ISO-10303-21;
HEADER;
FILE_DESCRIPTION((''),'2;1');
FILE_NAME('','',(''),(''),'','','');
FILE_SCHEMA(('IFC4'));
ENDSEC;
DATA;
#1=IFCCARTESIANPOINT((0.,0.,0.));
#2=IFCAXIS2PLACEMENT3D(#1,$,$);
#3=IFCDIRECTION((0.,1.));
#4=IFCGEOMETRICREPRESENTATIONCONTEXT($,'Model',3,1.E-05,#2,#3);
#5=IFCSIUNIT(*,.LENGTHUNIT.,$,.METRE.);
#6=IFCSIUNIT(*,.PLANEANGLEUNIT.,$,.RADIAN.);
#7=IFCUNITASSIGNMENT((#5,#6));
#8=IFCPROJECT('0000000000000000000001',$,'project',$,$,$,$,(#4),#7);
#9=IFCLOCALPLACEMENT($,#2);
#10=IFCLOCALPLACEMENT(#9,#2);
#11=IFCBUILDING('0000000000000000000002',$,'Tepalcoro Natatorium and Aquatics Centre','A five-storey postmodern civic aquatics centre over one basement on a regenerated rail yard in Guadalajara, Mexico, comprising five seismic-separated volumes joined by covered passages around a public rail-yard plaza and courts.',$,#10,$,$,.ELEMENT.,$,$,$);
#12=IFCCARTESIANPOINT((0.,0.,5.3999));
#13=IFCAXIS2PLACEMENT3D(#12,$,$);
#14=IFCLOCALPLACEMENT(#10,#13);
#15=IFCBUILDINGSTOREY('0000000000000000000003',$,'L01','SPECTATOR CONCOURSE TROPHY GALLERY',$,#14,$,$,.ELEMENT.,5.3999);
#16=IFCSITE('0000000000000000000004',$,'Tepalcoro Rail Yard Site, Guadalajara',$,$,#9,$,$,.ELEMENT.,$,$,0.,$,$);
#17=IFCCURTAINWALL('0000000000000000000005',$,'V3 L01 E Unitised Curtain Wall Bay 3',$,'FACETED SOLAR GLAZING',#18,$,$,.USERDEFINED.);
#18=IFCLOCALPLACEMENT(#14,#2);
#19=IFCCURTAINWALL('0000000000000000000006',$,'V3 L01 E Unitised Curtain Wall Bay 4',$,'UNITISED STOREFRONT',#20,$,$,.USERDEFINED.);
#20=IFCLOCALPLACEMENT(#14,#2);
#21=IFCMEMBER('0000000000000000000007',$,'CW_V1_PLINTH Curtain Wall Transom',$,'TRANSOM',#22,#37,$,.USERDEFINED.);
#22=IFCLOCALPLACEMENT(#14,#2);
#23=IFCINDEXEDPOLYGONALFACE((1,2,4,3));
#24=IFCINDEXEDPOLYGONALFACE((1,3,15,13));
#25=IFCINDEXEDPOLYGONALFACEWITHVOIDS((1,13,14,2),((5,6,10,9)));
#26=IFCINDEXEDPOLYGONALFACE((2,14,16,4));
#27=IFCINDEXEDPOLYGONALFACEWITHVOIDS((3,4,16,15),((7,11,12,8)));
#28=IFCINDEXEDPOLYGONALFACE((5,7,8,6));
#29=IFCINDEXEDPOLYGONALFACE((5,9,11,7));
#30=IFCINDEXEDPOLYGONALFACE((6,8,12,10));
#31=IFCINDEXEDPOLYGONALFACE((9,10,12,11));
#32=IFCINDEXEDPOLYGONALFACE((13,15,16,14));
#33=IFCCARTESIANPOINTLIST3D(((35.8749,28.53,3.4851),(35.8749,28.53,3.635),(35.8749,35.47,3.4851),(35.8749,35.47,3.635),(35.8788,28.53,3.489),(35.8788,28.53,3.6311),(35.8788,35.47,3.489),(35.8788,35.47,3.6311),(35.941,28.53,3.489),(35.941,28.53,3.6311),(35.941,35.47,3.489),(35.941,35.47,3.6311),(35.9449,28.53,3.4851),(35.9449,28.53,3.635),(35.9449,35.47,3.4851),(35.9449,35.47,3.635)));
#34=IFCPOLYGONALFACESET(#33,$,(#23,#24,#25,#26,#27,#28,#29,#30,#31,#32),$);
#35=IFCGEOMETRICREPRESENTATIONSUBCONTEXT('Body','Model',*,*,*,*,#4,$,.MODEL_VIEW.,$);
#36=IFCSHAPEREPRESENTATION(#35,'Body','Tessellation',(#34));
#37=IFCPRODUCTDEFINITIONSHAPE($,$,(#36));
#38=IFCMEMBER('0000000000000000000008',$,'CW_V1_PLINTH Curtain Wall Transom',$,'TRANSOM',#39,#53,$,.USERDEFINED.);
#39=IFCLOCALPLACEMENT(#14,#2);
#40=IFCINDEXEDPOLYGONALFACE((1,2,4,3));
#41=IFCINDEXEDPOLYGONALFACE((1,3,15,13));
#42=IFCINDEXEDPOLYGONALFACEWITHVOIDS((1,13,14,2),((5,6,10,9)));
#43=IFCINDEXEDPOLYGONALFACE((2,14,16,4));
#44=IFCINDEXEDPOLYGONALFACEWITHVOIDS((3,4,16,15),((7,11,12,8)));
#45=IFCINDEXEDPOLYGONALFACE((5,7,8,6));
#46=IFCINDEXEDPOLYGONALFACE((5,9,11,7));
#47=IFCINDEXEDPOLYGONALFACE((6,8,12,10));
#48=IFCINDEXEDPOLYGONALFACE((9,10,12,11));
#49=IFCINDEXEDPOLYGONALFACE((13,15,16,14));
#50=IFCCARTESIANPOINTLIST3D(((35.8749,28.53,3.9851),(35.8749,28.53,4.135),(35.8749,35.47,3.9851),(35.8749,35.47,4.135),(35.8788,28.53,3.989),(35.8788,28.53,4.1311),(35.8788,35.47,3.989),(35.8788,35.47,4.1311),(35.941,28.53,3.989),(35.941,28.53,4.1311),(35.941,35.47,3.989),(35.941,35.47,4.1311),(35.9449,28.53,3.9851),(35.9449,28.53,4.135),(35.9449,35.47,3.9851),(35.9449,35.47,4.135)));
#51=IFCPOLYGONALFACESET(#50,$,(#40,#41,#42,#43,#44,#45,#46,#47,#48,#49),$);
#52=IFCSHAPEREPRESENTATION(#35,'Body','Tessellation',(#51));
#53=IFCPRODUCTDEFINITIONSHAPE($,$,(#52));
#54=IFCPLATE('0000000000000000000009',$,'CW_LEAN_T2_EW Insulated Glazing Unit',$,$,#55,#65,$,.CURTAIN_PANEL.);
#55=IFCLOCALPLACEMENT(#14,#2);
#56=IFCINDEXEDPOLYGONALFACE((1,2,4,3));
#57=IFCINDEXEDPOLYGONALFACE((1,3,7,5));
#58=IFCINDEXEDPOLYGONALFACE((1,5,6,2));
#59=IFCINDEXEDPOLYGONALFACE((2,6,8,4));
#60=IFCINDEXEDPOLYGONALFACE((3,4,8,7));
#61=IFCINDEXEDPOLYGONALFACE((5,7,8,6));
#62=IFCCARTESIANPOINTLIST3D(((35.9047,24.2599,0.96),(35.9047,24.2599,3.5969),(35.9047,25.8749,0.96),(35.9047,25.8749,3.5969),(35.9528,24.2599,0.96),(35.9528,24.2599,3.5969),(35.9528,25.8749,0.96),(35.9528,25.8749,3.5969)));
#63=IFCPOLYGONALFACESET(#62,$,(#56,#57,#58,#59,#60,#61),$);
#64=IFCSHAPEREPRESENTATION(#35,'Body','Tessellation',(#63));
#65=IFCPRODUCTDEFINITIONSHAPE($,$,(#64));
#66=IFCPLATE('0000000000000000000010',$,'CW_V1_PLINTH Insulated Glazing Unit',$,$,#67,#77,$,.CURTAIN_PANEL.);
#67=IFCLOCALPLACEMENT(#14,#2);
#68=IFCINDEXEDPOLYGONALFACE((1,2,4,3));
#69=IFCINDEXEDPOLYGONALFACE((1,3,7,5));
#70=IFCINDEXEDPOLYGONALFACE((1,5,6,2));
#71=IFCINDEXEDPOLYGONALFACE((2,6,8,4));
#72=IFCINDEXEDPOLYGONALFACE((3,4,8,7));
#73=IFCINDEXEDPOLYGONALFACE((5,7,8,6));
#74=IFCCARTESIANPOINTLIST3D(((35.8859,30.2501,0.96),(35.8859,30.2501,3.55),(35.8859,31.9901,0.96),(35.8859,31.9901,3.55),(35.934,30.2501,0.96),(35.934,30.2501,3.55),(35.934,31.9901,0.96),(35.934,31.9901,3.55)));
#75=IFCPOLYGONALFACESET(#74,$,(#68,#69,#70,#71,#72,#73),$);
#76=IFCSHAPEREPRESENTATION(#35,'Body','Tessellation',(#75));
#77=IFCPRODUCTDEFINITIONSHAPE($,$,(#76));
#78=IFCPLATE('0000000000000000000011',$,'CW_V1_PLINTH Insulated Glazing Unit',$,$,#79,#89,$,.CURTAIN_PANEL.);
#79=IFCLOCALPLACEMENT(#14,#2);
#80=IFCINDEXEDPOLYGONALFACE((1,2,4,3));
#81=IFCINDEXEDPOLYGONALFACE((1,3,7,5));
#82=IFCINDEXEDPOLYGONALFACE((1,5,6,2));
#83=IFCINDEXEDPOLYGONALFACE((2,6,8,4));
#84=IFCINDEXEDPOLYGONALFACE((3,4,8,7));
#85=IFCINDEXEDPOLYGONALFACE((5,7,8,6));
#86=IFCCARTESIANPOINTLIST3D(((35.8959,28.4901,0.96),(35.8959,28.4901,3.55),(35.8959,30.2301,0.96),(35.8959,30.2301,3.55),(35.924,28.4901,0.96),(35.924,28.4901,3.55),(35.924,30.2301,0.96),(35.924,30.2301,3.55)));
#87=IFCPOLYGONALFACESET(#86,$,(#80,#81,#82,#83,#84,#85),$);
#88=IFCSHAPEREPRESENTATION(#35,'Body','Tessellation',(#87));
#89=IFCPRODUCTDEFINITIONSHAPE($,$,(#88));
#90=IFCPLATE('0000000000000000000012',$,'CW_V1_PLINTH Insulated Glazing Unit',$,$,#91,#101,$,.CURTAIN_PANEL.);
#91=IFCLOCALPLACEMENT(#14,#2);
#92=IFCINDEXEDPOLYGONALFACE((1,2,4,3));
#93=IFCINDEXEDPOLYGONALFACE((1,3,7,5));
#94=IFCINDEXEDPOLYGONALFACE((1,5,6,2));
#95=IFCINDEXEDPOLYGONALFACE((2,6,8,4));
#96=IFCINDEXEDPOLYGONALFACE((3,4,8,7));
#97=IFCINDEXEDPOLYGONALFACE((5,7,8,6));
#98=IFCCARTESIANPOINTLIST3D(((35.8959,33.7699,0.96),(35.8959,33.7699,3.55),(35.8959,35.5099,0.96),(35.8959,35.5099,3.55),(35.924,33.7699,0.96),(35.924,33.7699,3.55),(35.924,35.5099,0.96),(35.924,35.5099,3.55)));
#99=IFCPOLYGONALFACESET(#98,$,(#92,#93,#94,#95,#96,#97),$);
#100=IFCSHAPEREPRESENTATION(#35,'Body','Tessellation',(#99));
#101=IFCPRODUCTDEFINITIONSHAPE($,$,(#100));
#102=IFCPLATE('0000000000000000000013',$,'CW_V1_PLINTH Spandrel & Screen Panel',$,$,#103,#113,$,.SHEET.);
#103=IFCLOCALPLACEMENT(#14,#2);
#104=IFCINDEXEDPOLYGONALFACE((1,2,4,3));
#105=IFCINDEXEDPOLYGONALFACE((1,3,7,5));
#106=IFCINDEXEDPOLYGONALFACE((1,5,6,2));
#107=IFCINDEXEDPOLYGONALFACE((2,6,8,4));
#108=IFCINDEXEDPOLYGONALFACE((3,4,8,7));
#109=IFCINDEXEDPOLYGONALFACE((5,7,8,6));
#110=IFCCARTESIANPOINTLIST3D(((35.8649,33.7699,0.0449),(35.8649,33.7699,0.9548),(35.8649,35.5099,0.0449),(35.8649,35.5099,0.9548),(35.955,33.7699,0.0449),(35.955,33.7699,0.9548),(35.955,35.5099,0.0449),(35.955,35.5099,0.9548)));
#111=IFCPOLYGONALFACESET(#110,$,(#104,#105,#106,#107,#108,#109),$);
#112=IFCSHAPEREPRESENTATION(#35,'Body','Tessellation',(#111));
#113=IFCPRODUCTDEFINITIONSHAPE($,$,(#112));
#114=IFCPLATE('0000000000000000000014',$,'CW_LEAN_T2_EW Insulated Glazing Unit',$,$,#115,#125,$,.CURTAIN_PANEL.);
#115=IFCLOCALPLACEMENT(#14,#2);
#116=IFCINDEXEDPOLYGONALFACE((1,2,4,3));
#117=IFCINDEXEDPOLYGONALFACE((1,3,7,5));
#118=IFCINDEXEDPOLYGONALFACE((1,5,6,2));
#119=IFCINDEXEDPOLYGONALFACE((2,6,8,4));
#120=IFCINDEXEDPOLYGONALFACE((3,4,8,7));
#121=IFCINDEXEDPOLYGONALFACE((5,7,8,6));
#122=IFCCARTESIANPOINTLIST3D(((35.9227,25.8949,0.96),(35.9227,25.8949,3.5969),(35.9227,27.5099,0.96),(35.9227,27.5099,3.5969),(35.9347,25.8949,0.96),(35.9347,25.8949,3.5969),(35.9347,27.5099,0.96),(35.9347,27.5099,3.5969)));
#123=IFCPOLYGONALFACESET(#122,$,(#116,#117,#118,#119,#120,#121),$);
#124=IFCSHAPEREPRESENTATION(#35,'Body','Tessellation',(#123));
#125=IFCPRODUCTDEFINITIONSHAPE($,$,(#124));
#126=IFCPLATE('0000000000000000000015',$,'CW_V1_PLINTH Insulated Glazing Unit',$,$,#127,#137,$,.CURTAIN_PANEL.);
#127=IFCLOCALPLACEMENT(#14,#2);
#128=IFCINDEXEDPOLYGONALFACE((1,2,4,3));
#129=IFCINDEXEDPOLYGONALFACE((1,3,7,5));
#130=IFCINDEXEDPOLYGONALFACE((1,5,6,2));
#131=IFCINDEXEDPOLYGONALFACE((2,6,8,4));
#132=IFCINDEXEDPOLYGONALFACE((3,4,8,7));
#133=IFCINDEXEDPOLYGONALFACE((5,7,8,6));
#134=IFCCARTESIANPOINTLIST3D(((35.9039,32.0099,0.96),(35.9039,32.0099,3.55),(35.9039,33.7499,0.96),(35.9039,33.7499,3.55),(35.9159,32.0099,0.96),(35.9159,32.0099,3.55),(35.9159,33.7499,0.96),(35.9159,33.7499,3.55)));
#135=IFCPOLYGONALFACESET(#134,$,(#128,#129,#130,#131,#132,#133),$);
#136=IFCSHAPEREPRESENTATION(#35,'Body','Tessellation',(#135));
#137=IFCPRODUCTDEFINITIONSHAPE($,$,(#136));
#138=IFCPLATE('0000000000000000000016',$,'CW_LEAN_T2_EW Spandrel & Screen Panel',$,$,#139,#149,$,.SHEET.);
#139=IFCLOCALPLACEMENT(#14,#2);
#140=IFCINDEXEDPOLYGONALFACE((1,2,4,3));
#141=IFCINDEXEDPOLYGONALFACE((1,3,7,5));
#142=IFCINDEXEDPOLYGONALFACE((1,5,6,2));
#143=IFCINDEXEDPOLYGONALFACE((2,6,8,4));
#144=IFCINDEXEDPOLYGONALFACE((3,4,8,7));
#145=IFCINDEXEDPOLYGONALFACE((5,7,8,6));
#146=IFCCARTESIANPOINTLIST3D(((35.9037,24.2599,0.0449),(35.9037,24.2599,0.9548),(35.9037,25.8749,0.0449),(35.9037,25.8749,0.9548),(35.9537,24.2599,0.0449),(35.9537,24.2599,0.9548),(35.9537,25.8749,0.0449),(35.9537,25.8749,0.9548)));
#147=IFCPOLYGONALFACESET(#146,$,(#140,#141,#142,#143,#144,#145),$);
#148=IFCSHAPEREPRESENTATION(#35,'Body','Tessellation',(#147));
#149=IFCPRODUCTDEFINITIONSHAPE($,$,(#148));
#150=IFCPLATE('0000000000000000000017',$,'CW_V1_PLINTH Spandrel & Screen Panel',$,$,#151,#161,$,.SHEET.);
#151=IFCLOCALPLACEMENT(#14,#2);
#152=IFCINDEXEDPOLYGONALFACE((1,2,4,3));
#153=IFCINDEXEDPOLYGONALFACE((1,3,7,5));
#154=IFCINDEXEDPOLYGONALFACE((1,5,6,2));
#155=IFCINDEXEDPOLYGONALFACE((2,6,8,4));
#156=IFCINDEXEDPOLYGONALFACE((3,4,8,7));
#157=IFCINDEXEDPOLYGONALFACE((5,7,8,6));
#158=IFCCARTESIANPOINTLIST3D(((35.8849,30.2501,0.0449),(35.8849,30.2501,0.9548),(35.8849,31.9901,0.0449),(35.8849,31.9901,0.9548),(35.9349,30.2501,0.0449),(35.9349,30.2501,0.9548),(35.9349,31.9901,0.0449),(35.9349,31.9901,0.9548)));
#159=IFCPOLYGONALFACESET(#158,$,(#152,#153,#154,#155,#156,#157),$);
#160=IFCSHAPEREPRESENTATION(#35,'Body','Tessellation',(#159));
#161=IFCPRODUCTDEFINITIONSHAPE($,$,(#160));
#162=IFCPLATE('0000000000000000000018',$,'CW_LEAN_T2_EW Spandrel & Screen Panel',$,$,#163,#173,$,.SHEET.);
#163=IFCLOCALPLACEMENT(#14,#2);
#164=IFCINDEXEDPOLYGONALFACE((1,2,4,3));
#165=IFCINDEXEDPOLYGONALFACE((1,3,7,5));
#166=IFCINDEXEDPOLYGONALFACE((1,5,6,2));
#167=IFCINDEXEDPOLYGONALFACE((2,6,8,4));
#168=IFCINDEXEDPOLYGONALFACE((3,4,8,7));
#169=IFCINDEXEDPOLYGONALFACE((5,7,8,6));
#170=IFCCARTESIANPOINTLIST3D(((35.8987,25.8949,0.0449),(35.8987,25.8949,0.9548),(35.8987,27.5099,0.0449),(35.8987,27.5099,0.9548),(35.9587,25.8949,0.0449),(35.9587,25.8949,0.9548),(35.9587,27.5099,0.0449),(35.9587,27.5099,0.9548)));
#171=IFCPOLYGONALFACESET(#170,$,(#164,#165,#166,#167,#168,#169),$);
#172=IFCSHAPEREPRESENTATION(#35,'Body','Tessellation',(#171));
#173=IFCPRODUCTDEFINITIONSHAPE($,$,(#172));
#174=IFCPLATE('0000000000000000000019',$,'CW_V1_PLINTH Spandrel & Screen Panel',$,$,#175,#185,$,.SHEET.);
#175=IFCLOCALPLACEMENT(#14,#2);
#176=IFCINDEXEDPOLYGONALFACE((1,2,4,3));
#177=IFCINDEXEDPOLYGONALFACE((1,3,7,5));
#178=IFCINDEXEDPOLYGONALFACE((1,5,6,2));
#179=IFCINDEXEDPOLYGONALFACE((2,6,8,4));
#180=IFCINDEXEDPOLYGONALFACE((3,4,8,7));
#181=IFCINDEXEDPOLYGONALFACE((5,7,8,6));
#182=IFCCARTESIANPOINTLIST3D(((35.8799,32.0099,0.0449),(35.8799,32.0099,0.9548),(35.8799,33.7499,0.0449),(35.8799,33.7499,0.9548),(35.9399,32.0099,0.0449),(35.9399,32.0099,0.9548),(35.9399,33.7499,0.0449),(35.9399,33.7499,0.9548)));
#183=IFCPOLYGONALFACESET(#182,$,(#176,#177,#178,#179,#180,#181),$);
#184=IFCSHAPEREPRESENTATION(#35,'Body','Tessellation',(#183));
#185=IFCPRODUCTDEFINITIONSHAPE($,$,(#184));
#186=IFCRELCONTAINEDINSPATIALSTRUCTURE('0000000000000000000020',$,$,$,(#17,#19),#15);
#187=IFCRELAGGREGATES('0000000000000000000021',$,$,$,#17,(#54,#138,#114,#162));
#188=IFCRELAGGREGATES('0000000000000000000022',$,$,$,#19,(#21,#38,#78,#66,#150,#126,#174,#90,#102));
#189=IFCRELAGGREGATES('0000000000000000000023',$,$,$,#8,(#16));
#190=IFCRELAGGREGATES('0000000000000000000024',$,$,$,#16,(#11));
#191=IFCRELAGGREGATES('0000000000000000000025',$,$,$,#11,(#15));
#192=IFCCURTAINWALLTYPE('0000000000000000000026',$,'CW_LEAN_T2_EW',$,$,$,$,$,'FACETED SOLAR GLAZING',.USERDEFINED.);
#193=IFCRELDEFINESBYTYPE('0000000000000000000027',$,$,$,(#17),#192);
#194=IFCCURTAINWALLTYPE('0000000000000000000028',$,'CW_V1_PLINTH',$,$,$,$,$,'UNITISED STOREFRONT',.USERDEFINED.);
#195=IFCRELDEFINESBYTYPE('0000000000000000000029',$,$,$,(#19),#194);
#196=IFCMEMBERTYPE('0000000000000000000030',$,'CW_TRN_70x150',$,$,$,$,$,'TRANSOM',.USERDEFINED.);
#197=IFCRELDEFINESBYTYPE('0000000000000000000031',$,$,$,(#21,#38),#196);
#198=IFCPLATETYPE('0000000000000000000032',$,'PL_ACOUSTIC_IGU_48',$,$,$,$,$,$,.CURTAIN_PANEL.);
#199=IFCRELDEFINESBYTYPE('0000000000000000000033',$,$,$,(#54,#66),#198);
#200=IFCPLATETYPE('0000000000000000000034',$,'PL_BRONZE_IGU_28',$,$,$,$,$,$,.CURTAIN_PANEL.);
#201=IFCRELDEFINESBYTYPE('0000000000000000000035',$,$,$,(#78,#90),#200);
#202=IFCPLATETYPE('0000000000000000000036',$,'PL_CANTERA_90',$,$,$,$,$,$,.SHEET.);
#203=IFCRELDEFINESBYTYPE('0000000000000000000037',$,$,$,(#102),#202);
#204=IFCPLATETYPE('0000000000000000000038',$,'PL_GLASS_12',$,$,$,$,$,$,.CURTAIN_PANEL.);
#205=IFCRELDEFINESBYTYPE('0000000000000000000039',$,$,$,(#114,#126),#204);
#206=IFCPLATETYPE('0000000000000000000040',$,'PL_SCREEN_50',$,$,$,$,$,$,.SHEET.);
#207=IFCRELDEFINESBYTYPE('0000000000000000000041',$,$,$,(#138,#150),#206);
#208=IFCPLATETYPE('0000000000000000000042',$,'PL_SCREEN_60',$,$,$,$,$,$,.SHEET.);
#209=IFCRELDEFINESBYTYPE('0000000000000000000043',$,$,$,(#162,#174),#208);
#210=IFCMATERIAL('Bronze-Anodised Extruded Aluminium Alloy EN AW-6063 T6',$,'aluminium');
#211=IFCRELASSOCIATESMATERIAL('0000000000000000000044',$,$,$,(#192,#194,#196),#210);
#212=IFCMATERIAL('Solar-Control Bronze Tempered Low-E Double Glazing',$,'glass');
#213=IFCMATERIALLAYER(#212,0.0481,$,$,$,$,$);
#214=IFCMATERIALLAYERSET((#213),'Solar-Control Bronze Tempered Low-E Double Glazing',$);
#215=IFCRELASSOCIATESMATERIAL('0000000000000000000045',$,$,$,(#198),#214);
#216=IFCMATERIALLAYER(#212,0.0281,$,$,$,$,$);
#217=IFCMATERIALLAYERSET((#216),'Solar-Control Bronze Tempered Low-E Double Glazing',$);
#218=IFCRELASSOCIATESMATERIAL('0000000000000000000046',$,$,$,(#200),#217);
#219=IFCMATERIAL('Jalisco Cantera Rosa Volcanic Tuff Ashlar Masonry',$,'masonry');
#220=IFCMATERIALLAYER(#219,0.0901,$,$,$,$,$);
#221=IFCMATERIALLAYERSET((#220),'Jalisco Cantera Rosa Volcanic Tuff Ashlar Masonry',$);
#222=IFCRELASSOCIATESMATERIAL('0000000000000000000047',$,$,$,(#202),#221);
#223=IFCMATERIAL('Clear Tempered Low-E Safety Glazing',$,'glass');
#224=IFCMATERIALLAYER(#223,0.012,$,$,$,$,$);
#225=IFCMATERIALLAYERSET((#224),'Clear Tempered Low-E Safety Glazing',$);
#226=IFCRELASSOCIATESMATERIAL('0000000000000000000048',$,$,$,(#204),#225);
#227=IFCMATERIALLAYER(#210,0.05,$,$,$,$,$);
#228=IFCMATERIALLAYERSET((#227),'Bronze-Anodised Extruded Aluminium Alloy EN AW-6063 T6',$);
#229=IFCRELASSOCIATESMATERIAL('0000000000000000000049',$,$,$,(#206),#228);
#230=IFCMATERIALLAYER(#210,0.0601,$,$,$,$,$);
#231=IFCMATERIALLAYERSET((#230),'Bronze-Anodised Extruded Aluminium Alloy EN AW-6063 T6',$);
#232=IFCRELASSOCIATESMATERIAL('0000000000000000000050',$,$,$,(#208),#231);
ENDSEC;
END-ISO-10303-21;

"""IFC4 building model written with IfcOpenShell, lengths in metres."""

from ifc_helpers import new_model, si_unit, direction, frame, origin, origin_2d, place, context, subcontext, project, spatial, rectangle, hollow_rectangle, extrude, material, layer, layer_set, material_profile, profile_set, type_object, element, aggregate, save


model = new_model("IFC4")

# Units and contexts
model_context = context("Model", 3, precision=1e-05, world=origin(), true_north=direction((0.0, 1.0)))
body_context = subcontext(model_context, "Body", "Model", "MODEL_VIEW")
ifc_project = project(units=[si_unit("LENGTHUNIT", "METRE"), si_unit("PLANEANGLEUNIT", "RADIAN")], contexts=[model_context])

# Site, building, storey
site_placement = place(None, origin())
site = spatial("IfcSite", under=ifc_project, at=site_placement, Name="Tepalcoro Rail Yard Site, Guadalajara", CompositionType="ELEMENT", RefElevation=0.0)
building_placement = place(site_placement, origin())
building = spatial("IfcBuilding", under=site, at=building_placement, Name="Tepalcoro Natatorium and Aquatics Centre", Description="A five-storey postmodern civic aquatics centre over one basement on a regenerated rail yard in Guadalajara, Mexico, comprising five seismic-separated volumes joined by covered passages around a public rail-yard plaza and courts.", CompositionType="ELEMENT")
storey_placement = place(building_placement, frame((0.0, 0.0, 5.3999)))
storey = spatial("IfcBuildingStorey", under=building, at=storey_placement, Name="L01", Description="SPECTATOR CONCOURSE TROPHY GALLERY", CompositionType="ELEMENT", Elevation=5.3999)

# Curtain walls, members
ifc_material_1 = material(Name="Bronze-Anodised Extruded Aluminium Alloy EN AW-6063 T6", Category="aluminium")
curtain_wall_type_1 = type_object("IfcCurtainWallType", Name="CW_LEAN_T2_EW", ElementType="FACETED SOLAR GLAZING", PredefinedType="USERDEFINED", material=ifc_material_1)
curtain_wall_1_placement = place(storey_placement, origin())
curtain_wall_1 = element("IfcCurtainWall", 1, at=curtain_wall_1_placement, inside=storey, type_object=curtain_wall_type_1, Name="V3 L01 E Unitised Curtain Wall Bay 3", ObjectType="FACETED SOLAR GLAZING", PredefinedType="USERDEFINED")
curtain_wall_type_2 = type_object("IfcCurtainWallType", Name="CW_V1_PLINTH", ElementType="UNITISED STOREFRONT", PredefinedType="USERDEFINED", material=ifc_material_1)
curtain_wall_2_placement = place(storey_placement, origin())
curtain_wall_2 = element("IfcCurtainWall", 2, at=curtain_wall_2_placement, inside=storey, type_object=curtain_wall_type_2, Name="V3 L01 E Unitised Curtain Wall Bay 4", ObjectType="UNITISED STOREFRONT", PredefinedType="USERDEFINED")
ifc_material_profile_1 = material_profile(ifc_material_1, hollow_rectangle(XDim=0.0701, YDim=0.1499, WallThickness=0.0039, at=origin_2d()), Name="AL70X150X4")
ifc_profile_set_1 = profile_set([ifc_material_profile_1], Name="Bronze-Anodised Extruded Aluminium Alloy EN AW-6063 T6")
member_type_1 = type_object("IfcMemberType", Name="CW_TRN_70x150", ElementType="TRANSOM", PredefinedType="USERDEFINED", material=ifc_profile_set_1)
member_1_placement = place(storey_placement, frame((35.9099, 28.53, 3.5601), z_axis=(0.0, 1.0, 0.0), x_axis=(-1.0, 0.0, 0.0)))
member_1 = element("IfcMember", 3, at=member_1_placement, type_object=member_type_1, Name="CW_V1_PLINTH Curtain Wall Transom", ObjectType="TRANSOM", PredefinedType="USERDEFINED", context=body_context, shape_type="SweptSolid", body=[
    extrude(hollow_rectangle(XDim=0.0701, YDim=0.1499, WallThickness=0.0039, at=origin_2d()), origin(), (0.0, 0.0, 1.0), 6.9399),
])
member_2_placement = place(storey_placement, frame((35.9099, 28.53, 4.0601), z_axis=(0.0, 1.0, 0.0), x_axis=(-1.0, 0.0, 0.0)))
member_2 = element("IfcMember", 4, at=member_2_placement, type_object=member_type_1, Name="CW_V1_PLINTH Curtain Wall Transom", ObjectType="TRANSOM", PredefinedType="USERDEFINED", context=body_context, shape_type="SweptSolid", body=[
    extrude(hollow_rectangle(XDim=0.0701, YDim=0.1499, WallThickness=0.0039, at=origin_2d()), origin(), (0.0, 0.0, 1.0), 6.9399),
])

# Plates
ifc_material_2 = material(Name="Solar-Control Bronze Tempered Low-E Double Glazing", Category="glass")
ifc_layer_1 = layer(ifc_material_2, 0.0481)
ifc_layer_set_1 = layer_set([ifc_layer_1], Name="Solar-Control Bronze Tempered Low-E Double Glazing")
plate_type_1 = type_object("IfcPlateType", Name="PL_ACOUSTIC_IGU_48", PredefinedType="CURTAIN_PANEL", material=ifc_layer_set_1)
plate_1_placement = place(storey_placement, frame((35.9287, 25.0674, 0.96), z_axis=(0.0, 0.0, 1.0), x_axis=(1.0, 0.0, 0.0)))
plate_1 = element("IfcPlate", 5, at=plate_1_placement, type_object=plate_type_1, Name="CW_LEAN_T2_EW Insulated Glazing Unit", PredefinedType="CURTAIN_PANEL", context=body_context, shape_type="SweptSolid", body=[
    extrude(rectangle(XDim=0.0481, YDim=1.615, at=origin_2d()), origin(), (0.0, 0.0, 1.0), 2.637),
])
plate_2_placement = place(storey_placement, frame((35.9099, 31.1201, 0.96), z_axis=(0.0, 0.0, 1.0), x_axis=(1.0, 0.0, 0.0)))
plate_2 = element("IfcPlate", 6, at=plate_2_placement, type_object=plate_type_1, Name="CW_V1_PLINTH Insulated Glazing Unit", PredefinedType="CURTAIN_PANEL", context=body_context, shape_type="SweptSolid", body=[
    extrude(rectangle(XDim=0.0481, YDim=1.74, at=origin_2d()), origin(), (0.0, 0.0, 1.0), 2.5901),
])
ifc_layer_2 = layer(ifc_material_2, 0.0281)
ifc_layer_set_2 = layer_set([ifc_layer_2], Name="Solar-Control Bronze Tempered Low-E Double Glazing")
plate_type_2 = type_object("IfcPlateType", Name="PL_BRONZE_IGU_28", PredefinedType="CURTAIN_PANEL", material=ifc_layer_set_2)
plate_3_placement = place(storey_placement, frame((35.9099, 29.3601, 0.96), z_axis=(0.0, 0.0, 1.0), x_axis=(1.0, 0.0, 0.0)))
plate_3 = element("IfcPlate", 7, at=plate_3_placement, type_object=plate_type_2, Name="CW_V1_PLINTH Insulated Glazing Unit", PredefinedType="CURTAIN_PANEL", context=body_context, shape_type="SweptSolid", body=[
    extrude(rectangle(XDim=0.0281, YDim=1.74, at=origin_2d()), origin(), (0.0, 0.0, 1.0), 2.5901),
])
plate_4_placement = place(storey_placement, frame((35.9099, 34.6399, 0.96), z_axis=(0.0, 0.0, 1.0), x_axis=(1.0, 0.0, 0.0)))
plate_4 = element("IfcPlate", 8, at=plate_4_placement, type_object=plate_type_2, Name="CW_V1_PLINTH Insulated Glazing Unit", PredefinedType="CURTAIN_PANEL", context=body_context, shape_type="SweptSolid", body=[
    extrude(rectangle(XDim=0.0281, YDim=1.74, at=origin_2d()), origin(), (0.0, 0.0, 1.0), 2.5901),
])
ifc_material_3 = material(Name="Jalisco Cantera Rosa Volcanic Tuff Ashlar Masonry", Category="masonry")
ifc_layer_3 = layer(ifc_material_3, 0.0901)
ifc_layer_set_3 = layer_set([ifc_layer_3], Name="Jalisco Cantera Rosa Volcanic Tuff Ashlar Masonry")
plate_type_3 = type_object("IfcPlateType", Name="PL_CANTERA_90", PredefinedType="SHEET", material=ifc_layer_set_3)
plate_5_placement = place(storey_placement, frame((35.9099, 34.6399, 0.0449), z_axis=(0.0, 0.0, 1.0), x_axis=(1.0, 0.0, 0.0)))
plate_5 = element("IfcPlate", 9, at=plate_5_placement, type_object=plate_type_3, Name="CW_V1_PLINTH Spandrel & Screen Panel", PredefinedType="SHEET", context=body_context, shape_type="SweptSolid", body=[
    extrude(rectangle(XDim=0.0901, YDim=1.74, at=origin_2d()), origin(), (0.0, 0.0, 1.0), 0.9099),
])
ifc_material_4 = material(Name="Clear Tempered Low-E Safety Glazing", Category="glass")
ifc_layer_4 = layer(ifc_material_4, 0.012)
ifc_layer_set_4 = layer_set([ifc_layer_4], Name="Clear Tempered Low-E Safety Glazing")
plate_type_4 = type_object("IfcPlateType", Name="PL_GLASS_12", PredefinedType="CURTAIN_PANEL", material=ifc_layer_set_4)
plate_6_placement = place(storey_placement, frame((35.9287, 26.7024, 0.96), z_axis=(0.0, 0.0, 1.0), x_axis=(1.0, 0.0, 0.0)))
plate_6 = element("IfcPlate", 10, at=plate_6_placement, type_object=plate_type_4, Name="CW_LEAN_T2_EW Insulated Glazing Unit", PredefinedType="CURTAIN_PANEL", context=body_context, shape_type="SweptSolid", body=[
    extrude(rectangle(XDim=0.012, YDim=1.615, at=origin_2d()), origin(), (0.0, 0.0, 1.0), 2.637),
])
plate_7_placement = place(storey_placement, frame((35.9099, 32.8799, 0.96), z_axis=(0.0, 0.0, 1.0), x_axis=(1.0, 0.0, 0.0)))
plate_7 = element("IfcPlate", 11, at=plate_7_placement, type_object=plate_type_4, Name="CW_V1_PLINTH Insulated Glazing Unit", PredefinedType="CURTAIN_PANEL", context=body_context, shape_type="SweptSolid", body=[
    extrude(rectangle(XDim=0.012, YDim=1.74, at=origin_2d()), origin(), (0.0, 0.0, 1.0), 2.5901),
])
ifc_layer_5 = layer(ifc_material_1, 0.05)
ifc_layer_set_5 = layer_set([ifc_layer_5], Name="Bronze-Anodised Extruded Aluminium Alloy EN AW-6063 T6")
plate_type_5 = type_object("IfcPlateType", Name="PL_SCREEN_50", PredefinedType="SHEET", material=ifc_layer_set_5)
plate_8_placement = place(storey_placement, frame((35.9287, 25.0674, 0.0449), z_axis=(0.0, 0.0, 1.0), x_axis=(1.0, 0.0, 0.0)))
plate_8 = element("IfcPlate", 12, at=plate_8_placement, type_object=plate_type_5, Name="CW_LEAN_T2_EW Spandrel & Screen Panel", PredefinedType="SHEET", context=body_context, shape_type="SweptSolid", body=[
    extrude(rectangle(XDim=0.05, YDim=1.615, at=origin_2d()), origin(), (0.0, 0.0, 1.0), 0.9099),
])
plate_9_placement = place(storey_placement, frame((35.9099, 31.1201, 0.0449), z_axis=(0.0, 0.0, 1.0), x_axis=(1.0, 0.0, 0.0)))
plate_9 = element("IfcPlate", 13, at=plate_9_placement, type_object=plate_type_5, Name="CW_V1_PLINTH Spandrel & Screen Panel", PredefinedType="SHEET", context=body_context, shape_type="SweptSolid", body=[
    extrude(rectangle(XDim=0.05, YDim=1.74, at=origin_2d()), origin(), (0.0, 0.0, 1.0), 0.9099),
])
ifc_layer_6 = layer(ifc_material_1, 0.0601)
ifc_layer_set_6 = layer_set([ifc_layer_6], Name="Bronze-Anodised Extruded Aluminium Alloy EN AW-6063 T6")
plate_type_6 = type_object("IfcPlateType", Name="PL_SCREEN_60", PredefinedType="SHEET", material=ifc_layer_set_6)
plate_10_placement = place(storey_placement, frame((35.9287, 26.7024, 0.0449), z_axis=(0.0, 0.0, 1.0), x_axis=(1.0, 0.0, 0.0)))
plate_10 = element("IfcPlate", 14, at=plate_10_placement, type_object=plate_type_6, Name="CW_LEAN_T2_EW Spandrel & Screen Panel", PredefinedType="SHEET", context=body_context, shape_type="SweptSolid", body=[
    extrude(rectangle(XDim=0.0601, YDim=1.615, at=origin_2d()), origin(), (0.0, 0.0, 1.0), 0.9099),
])
aggregate(curtain_wall_1, [plate_1, plate_8, plate_6, plate_10])
plate_11_placement = place(storey_placement, frame((35.9099, 32.8799, 0.0449), z_axis=(0.0, 0.0, 1.0), x_axis=(1.0, 0.0, 0.0)))
plate_11 = element("IfcPlate", 15, at=plate_11_placement, type_object=plate_type_6, Name="CW_V1_PLINTH Spandrel & Screen Panel", PredefinedType="SHEET", context=body_context, shape_type="SweptSolid", body=[
    extrude(rectangle(XDim=0.0601, YDim=1.74, at=origin_2d()), origin(), (0.0, 0.0, 1.0), 0.9099),
])
aggregate(curtain_wall_2, [member_1, member_2, plate_3, plate_2, plate_9, plate_7, plate_11, plate_4, plate_5])

save(model, "model.ifc")
